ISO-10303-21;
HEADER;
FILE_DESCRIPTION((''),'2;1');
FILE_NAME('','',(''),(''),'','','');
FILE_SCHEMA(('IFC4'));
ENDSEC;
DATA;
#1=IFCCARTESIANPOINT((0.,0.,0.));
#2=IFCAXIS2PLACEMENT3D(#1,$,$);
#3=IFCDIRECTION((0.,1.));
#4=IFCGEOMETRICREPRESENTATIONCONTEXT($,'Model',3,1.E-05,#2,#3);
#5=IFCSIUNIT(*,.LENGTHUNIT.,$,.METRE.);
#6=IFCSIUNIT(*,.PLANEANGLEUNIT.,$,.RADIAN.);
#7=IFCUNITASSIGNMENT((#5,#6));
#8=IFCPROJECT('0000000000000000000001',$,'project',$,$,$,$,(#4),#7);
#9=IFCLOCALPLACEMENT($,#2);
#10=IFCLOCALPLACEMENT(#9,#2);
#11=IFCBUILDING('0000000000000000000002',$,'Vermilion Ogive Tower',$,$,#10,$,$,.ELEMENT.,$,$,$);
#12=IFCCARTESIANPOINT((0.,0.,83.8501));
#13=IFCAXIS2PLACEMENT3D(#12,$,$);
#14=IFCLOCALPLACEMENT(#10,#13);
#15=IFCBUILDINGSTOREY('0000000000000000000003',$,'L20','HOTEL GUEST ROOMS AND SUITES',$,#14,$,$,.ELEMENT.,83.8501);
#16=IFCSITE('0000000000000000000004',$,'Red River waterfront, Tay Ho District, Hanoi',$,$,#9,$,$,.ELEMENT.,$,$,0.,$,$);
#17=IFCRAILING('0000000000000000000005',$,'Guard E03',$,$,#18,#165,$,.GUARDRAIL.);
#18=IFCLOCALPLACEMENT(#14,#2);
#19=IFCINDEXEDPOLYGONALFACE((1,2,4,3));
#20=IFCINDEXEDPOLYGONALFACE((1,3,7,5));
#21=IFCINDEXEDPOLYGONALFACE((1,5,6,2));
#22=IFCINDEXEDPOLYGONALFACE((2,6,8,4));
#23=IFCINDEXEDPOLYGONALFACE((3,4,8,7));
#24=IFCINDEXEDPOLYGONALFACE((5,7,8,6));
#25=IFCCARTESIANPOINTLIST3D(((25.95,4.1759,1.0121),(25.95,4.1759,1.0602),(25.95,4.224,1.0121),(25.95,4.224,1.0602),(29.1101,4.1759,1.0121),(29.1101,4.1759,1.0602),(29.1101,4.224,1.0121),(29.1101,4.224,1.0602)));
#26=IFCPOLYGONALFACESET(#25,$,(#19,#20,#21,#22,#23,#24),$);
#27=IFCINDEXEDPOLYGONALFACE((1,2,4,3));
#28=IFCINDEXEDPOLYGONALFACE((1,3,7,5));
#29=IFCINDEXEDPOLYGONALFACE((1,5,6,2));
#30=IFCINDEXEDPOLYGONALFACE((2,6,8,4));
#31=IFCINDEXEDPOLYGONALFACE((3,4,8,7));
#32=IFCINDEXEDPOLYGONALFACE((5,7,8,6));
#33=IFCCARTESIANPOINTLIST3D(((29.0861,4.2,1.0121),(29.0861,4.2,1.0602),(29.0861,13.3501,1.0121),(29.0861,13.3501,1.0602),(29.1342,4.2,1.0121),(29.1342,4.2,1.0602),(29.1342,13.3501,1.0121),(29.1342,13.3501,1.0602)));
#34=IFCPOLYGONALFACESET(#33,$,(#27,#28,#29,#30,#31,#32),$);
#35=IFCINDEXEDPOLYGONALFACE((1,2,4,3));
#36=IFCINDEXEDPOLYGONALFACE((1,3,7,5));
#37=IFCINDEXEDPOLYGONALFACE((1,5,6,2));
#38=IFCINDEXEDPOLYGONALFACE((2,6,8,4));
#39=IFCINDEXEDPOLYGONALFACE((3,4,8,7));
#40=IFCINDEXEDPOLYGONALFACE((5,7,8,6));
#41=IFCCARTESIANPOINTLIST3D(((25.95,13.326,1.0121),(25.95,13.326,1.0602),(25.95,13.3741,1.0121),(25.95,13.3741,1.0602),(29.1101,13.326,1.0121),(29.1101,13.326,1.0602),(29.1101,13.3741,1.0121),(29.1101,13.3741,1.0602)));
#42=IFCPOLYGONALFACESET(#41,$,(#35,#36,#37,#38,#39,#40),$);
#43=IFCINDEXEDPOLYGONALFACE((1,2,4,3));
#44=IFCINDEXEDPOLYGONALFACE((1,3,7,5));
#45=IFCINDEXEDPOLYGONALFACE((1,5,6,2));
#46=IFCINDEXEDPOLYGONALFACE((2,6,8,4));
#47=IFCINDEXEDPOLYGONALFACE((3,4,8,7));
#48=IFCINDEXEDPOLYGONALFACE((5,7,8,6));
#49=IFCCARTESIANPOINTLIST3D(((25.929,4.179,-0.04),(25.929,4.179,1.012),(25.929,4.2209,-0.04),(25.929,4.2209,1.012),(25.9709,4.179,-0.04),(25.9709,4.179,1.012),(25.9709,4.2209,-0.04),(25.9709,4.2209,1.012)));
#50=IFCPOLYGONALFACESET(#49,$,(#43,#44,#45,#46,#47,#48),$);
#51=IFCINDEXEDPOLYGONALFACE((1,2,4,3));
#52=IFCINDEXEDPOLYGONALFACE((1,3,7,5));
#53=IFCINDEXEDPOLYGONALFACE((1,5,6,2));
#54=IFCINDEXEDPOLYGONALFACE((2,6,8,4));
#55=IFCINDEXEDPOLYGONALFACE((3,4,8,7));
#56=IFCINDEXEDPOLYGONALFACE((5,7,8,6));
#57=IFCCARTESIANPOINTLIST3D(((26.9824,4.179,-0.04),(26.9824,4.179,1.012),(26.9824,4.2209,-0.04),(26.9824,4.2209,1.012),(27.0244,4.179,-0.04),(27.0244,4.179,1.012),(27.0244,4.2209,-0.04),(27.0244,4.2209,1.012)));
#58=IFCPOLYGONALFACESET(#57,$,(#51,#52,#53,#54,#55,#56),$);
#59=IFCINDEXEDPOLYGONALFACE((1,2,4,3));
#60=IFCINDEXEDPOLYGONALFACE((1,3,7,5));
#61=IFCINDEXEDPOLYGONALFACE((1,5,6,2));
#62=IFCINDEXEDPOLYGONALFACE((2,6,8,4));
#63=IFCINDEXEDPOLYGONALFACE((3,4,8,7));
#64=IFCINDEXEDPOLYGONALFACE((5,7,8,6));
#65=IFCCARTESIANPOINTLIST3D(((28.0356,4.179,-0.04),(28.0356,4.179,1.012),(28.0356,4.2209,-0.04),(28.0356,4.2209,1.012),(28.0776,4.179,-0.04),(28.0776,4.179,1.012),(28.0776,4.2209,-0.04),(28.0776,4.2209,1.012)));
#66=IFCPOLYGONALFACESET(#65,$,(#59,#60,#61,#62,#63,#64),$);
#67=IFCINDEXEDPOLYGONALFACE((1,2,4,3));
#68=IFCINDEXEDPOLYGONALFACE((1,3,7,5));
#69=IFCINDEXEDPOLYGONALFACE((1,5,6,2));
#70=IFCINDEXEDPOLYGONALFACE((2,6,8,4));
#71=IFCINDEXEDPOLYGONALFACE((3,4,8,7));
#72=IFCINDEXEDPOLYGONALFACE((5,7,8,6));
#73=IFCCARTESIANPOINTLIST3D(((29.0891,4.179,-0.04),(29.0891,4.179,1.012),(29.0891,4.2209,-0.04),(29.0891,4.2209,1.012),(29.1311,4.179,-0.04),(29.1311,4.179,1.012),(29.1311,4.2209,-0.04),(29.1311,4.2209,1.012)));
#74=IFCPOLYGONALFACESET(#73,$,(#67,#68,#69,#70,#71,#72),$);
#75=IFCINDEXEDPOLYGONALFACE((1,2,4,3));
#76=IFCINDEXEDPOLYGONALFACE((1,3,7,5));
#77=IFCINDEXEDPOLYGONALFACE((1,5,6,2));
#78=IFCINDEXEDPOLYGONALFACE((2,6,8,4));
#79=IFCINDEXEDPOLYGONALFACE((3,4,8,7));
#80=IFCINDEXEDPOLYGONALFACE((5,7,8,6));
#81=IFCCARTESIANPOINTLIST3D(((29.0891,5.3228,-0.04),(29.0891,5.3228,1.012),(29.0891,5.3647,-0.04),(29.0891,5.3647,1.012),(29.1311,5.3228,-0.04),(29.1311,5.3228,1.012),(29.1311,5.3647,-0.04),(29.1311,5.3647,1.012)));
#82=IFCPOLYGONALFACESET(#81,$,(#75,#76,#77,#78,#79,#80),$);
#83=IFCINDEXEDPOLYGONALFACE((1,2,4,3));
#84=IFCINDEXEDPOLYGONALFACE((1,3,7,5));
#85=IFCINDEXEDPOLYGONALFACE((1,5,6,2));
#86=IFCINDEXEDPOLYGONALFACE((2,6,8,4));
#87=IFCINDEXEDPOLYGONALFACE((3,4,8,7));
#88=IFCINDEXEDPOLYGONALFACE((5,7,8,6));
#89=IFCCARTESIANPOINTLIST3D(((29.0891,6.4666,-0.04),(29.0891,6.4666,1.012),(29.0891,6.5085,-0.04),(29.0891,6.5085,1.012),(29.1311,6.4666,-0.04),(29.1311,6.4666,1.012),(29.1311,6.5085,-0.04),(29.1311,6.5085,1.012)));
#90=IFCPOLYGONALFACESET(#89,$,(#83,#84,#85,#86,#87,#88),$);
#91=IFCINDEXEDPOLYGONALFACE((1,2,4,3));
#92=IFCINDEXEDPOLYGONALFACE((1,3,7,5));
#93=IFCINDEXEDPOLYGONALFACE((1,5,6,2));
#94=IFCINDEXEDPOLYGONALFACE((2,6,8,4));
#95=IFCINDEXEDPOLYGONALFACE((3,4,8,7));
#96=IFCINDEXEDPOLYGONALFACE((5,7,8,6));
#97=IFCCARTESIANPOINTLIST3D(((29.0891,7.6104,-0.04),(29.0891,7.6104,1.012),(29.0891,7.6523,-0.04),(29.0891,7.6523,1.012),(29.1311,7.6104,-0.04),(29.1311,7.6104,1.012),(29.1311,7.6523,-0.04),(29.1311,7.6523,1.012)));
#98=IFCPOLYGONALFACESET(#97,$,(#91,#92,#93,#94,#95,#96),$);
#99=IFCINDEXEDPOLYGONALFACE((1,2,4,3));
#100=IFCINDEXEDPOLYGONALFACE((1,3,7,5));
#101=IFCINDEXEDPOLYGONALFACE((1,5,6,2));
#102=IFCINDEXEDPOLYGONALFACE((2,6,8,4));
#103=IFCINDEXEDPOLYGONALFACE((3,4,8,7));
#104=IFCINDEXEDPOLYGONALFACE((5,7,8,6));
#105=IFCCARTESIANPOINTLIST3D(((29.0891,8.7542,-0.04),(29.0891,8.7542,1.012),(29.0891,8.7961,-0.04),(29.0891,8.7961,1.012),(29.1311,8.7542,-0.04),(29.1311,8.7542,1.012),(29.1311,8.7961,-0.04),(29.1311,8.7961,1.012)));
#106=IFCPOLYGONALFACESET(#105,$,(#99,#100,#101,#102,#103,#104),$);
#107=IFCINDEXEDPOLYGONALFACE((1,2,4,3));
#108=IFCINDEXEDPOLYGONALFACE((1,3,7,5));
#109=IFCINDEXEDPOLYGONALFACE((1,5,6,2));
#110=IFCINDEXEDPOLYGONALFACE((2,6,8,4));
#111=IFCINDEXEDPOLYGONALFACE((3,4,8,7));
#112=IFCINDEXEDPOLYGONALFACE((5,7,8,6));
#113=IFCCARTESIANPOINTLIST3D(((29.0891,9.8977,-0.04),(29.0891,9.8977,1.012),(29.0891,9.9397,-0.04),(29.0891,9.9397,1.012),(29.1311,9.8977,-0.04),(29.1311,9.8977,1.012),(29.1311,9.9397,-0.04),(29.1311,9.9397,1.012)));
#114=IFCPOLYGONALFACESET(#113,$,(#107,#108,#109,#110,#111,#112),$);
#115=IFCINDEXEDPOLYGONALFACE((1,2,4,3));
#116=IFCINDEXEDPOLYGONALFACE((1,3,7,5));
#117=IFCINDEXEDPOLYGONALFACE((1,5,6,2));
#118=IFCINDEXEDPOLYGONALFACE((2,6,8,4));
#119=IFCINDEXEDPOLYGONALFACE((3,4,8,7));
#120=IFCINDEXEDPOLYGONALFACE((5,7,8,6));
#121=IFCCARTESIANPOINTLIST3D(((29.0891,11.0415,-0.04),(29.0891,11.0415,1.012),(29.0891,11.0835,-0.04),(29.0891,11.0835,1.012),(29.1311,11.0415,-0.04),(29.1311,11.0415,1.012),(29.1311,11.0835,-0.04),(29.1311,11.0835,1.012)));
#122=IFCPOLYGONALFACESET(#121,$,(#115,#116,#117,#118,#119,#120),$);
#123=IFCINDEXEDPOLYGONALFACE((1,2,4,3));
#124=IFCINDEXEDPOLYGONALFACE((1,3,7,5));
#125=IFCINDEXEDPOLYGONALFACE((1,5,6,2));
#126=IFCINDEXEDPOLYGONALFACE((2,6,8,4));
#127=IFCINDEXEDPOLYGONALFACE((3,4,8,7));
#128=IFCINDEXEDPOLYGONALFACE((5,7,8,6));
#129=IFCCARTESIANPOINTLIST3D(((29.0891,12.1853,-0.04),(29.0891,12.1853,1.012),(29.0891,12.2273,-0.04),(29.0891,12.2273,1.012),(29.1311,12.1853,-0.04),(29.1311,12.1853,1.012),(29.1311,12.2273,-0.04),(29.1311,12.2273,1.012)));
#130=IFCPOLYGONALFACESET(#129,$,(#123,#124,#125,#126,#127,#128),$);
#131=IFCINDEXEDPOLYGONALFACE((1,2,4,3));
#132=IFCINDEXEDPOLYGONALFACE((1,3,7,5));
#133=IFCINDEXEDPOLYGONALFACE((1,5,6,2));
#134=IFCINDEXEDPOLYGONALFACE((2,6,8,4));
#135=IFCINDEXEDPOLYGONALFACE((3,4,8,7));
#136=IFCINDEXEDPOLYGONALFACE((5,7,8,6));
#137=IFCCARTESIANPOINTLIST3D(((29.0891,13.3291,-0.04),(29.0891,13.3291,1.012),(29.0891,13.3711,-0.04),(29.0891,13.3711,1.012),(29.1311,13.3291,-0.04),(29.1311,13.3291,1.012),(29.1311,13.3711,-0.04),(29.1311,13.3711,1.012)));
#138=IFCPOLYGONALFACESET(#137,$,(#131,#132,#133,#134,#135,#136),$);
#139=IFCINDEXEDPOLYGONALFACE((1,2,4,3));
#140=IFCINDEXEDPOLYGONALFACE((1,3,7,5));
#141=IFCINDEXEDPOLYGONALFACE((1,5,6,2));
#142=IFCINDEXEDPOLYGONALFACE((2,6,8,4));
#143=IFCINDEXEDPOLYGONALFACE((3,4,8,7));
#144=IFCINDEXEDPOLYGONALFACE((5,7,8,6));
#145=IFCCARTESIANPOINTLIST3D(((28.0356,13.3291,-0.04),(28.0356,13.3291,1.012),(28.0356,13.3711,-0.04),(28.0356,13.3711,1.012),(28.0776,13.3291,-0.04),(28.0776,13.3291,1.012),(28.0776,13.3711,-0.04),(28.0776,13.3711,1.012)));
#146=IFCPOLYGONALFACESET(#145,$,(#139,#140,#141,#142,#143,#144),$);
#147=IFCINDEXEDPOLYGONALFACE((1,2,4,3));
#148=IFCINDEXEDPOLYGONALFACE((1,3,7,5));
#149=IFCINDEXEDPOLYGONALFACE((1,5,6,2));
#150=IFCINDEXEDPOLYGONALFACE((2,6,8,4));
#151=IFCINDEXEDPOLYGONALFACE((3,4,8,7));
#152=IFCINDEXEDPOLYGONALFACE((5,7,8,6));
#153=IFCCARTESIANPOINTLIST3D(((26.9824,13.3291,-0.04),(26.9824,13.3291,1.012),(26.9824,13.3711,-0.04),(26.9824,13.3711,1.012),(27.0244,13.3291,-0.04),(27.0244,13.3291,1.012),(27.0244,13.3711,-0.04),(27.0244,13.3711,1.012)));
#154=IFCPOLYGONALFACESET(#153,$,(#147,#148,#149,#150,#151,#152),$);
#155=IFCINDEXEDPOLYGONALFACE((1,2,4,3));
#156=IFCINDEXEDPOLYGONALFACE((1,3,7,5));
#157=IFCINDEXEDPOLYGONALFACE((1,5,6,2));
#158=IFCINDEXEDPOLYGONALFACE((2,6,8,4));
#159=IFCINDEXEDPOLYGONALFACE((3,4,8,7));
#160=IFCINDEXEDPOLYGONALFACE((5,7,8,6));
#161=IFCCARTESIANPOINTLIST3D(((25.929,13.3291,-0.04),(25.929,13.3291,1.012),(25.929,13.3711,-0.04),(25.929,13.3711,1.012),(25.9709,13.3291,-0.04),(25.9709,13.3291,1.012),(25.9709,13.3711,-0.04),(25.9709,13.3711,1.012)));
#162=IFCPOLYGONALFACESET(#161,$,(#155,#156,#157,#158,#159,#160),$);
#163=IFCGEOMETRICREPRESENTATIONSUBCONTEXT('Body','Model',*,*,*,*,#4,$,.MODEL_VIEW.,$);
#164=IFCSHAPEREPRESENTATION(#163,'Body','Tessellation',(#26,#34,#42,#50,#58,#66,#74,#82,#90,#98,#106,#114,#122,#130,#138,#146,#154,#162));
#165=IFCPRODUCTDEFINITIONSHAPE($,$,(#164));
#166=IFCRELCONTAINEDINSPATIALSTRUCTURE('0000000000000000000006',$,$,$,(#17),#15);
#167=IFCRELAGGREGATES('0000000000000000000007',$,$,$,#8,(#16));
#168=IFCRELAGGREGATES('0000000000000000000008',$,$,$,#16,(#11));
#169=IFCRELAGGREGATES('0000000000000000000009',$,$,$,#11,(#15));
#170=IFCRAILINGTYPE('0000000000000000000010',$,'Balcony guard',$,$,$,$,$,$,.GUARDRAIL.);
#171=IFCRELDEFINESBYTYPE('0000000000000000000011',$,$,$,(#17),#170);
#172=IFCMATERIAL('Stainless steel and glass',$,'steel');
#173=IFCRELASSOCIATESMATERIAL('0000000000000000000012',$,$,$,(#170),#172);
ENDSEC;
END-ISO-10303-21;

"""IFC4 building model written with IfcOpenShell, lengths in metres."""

from ifc_helpers import new_model, si_unit, direction, frame, origin, origin_2d, place, context, subcontext, project, spatial, rectangle, extrude, material, type_object, element, save


model = new_model("IFC4")

# Units and contexts
model_context = context("Model", 3, precision=1e-05, world=origin(), true_north=direction((0.0, 1.0)))
body_context = subcontext(model_context, "Body", "Model", "MODEL_VIEW")
ifc_project = project(units=[si_unit("LENGTHUNIT", "METRE"), si_unit("PLANEANGLEUNIT", "RADIAN")], contexts=[model_context])

# Site, building, storey
site_placement = place(None, origin())
site = spatial("IfcSite", under=ifc_project, at=site_placement, Name="Red River waterfront, Tay Ho District, Hanoi", CompositionType="ELEMENT", RefElevation=0.0)
building_placement = place(site_placement, origin())
building = spatial("IfcBuilding", under=site, at=building_placement, Name="Vermilion Ogive Tower", CompositionType="ELEMENT")
storey_placement = place(building_placement, frame((0.0, 0.0, 83.8501)))
storey = spatial("IfcBuildingStorey", under=building, at=storey_placement, Name="L20", Description="HOTEL GUEST ROOMS AND SUITES", CompositionType="ELEMENT", Elevation=83.8501)

# Railing
ifc_material_1 = material(Name="Stainless steel and glass", Category="steel")
railing_type_1 = type_object("IfcRailingType", Name="Balcony guard", PredefinedType="GUARDRAIL", material=ifc_material_1)
railing_1_placement = place(storey_placement, frame((25.95, 4.2, -0.04)))
element("IfcRailing", 1, at=railing_1_placement, inside=storey, type_object=railing_type_1, Name="Guard E03", PredefinedType="GUARDRAIL", context=body_context, shape_type="SweptSolid", body=[
    extrude(rectangle(XDim=0.0481, YDim=0.0481, at=origin_2d()), frame((0.0, 0.0, 1.0762), z_axis=(1.0, 0.0, 0.0), x_axis=(0.0, 1.0, 0.0)), (0.0, 0.0, 1.0), 3.1602),
    extrude(rectangle(XDim=0.0481, YDim=0.0481, at=origin_2d()), frame((3.1602, 0.0, 1.0762), z_axis=(0.0, 1.0, 0.0), x_axis=(-1.0, 0.0, 0.0)), (0.0, 0.0, 1.0), 9.1501),
    extrude(rectangle(XDim=0.0481, YDim=0.0481, at=origin_2d()), frame((3.1602, 9.1501, 1.0762), z_axis=(-1.0, 0.0, 0.0), x_axis=(0.0, -1.0, 0.0)), (0.0, 0.0, 1.0), 3.1602),
    extrude(rectangle(XDim=0.042, YDim=0.042, at=origin_2d()), origin(), (0.0, 0.0, 1.0), 1.052),
    extrude(rectangle(XDim=0.042, YDim=0.042, at=origin_2d()), frame((1.0535, 0.0, 0.0)), (0.0, 0.0, 1.0), 1.052),
    extrude(rectangle(XDim=0.042, YDim=0.042, at=origin_2d()), frame((2.1067, 0.0, 0.0)), (0.0, 0.0, 1.0), 1.052),
    extrude(rectangle(XDim=0.042, YDim=0.042, at=origin_2d()), frame((3.1602, 0.0, 0.0)), (0.0, 0.0, 1.0), 1.052),
    extrude(rectangle(XDim=0.042, YDim=0.042, at=origin_2d()), frame((3.1602, 1.1438, 0.0)), (0.0, 0.0, 1.0), 1.052),
    extrude(rectangle(XDim=0.042, YDim=0.042, at=origin_2d()), frame((3.1602, 2.2876, 0.0)), (0.0, 0.0, 1.0), 1.052),
    extrude(rectangle(XDim=0.042, YDim=0.042, at=origin_2d()), frame((3.1602, 3.4314, 0.0)), (0.0, 0.0, 1.0), 1.052),
    extrude(rectangle(XDim=0.042, YDim=0.042, at=origin_2d()), frame((3.1602, 4.5752, 0.0)), (0.0, 0.0, 1.0), 1.052),
    extrude(rectangle(XDim=0.042, YDim=0.042, at=origin_2d()), frame((3.1602, 5.7188, 0.0)), (0.0, 0.0, 1.0), 1.052),
    extrude(rectangle(XDim=0.042, YDim=0.042, at=origin_2d()), frame((3.1602, 6.8625, 0.0)), (0.0, 0.0, 1.0), 1.052),
    extrude(rectangle(XDim=0.042, YDim=0.042, at=origin_2d()), frame((3.1602, 8.0063, 0.0)), (0.0, 0.0, 1.0), 1.052),
    extrude(rectangle(XDim=0.042, YDim=0.042, at=origin_2d()), frame((3.1602, 9.1501, 0.0)), (0.0, 0.0, 1.0), 1.052),
    extrude(rectangle(XDim=0.042, YDim=0.042, at=origin_2d()), frame((2.1067, 9.1501, 0.0)), (0.0, 0.0, 1.0), 1.052),
    extrude(rectangle(XDim=0.042, YDim=0.042, at=origin_2d()), frame((1.0535, 9.1501, 0.0)), (0.0, 0.0, 1.0), 1.052),
    extrude(rectangle(XDim=0.042, YDim=0.042, at=origin_2d()), frame((0.0, 9.1501, 0.0)), (0.0, 0.0, 1.0), 1.052),
])

save(model, "model.ifc")
